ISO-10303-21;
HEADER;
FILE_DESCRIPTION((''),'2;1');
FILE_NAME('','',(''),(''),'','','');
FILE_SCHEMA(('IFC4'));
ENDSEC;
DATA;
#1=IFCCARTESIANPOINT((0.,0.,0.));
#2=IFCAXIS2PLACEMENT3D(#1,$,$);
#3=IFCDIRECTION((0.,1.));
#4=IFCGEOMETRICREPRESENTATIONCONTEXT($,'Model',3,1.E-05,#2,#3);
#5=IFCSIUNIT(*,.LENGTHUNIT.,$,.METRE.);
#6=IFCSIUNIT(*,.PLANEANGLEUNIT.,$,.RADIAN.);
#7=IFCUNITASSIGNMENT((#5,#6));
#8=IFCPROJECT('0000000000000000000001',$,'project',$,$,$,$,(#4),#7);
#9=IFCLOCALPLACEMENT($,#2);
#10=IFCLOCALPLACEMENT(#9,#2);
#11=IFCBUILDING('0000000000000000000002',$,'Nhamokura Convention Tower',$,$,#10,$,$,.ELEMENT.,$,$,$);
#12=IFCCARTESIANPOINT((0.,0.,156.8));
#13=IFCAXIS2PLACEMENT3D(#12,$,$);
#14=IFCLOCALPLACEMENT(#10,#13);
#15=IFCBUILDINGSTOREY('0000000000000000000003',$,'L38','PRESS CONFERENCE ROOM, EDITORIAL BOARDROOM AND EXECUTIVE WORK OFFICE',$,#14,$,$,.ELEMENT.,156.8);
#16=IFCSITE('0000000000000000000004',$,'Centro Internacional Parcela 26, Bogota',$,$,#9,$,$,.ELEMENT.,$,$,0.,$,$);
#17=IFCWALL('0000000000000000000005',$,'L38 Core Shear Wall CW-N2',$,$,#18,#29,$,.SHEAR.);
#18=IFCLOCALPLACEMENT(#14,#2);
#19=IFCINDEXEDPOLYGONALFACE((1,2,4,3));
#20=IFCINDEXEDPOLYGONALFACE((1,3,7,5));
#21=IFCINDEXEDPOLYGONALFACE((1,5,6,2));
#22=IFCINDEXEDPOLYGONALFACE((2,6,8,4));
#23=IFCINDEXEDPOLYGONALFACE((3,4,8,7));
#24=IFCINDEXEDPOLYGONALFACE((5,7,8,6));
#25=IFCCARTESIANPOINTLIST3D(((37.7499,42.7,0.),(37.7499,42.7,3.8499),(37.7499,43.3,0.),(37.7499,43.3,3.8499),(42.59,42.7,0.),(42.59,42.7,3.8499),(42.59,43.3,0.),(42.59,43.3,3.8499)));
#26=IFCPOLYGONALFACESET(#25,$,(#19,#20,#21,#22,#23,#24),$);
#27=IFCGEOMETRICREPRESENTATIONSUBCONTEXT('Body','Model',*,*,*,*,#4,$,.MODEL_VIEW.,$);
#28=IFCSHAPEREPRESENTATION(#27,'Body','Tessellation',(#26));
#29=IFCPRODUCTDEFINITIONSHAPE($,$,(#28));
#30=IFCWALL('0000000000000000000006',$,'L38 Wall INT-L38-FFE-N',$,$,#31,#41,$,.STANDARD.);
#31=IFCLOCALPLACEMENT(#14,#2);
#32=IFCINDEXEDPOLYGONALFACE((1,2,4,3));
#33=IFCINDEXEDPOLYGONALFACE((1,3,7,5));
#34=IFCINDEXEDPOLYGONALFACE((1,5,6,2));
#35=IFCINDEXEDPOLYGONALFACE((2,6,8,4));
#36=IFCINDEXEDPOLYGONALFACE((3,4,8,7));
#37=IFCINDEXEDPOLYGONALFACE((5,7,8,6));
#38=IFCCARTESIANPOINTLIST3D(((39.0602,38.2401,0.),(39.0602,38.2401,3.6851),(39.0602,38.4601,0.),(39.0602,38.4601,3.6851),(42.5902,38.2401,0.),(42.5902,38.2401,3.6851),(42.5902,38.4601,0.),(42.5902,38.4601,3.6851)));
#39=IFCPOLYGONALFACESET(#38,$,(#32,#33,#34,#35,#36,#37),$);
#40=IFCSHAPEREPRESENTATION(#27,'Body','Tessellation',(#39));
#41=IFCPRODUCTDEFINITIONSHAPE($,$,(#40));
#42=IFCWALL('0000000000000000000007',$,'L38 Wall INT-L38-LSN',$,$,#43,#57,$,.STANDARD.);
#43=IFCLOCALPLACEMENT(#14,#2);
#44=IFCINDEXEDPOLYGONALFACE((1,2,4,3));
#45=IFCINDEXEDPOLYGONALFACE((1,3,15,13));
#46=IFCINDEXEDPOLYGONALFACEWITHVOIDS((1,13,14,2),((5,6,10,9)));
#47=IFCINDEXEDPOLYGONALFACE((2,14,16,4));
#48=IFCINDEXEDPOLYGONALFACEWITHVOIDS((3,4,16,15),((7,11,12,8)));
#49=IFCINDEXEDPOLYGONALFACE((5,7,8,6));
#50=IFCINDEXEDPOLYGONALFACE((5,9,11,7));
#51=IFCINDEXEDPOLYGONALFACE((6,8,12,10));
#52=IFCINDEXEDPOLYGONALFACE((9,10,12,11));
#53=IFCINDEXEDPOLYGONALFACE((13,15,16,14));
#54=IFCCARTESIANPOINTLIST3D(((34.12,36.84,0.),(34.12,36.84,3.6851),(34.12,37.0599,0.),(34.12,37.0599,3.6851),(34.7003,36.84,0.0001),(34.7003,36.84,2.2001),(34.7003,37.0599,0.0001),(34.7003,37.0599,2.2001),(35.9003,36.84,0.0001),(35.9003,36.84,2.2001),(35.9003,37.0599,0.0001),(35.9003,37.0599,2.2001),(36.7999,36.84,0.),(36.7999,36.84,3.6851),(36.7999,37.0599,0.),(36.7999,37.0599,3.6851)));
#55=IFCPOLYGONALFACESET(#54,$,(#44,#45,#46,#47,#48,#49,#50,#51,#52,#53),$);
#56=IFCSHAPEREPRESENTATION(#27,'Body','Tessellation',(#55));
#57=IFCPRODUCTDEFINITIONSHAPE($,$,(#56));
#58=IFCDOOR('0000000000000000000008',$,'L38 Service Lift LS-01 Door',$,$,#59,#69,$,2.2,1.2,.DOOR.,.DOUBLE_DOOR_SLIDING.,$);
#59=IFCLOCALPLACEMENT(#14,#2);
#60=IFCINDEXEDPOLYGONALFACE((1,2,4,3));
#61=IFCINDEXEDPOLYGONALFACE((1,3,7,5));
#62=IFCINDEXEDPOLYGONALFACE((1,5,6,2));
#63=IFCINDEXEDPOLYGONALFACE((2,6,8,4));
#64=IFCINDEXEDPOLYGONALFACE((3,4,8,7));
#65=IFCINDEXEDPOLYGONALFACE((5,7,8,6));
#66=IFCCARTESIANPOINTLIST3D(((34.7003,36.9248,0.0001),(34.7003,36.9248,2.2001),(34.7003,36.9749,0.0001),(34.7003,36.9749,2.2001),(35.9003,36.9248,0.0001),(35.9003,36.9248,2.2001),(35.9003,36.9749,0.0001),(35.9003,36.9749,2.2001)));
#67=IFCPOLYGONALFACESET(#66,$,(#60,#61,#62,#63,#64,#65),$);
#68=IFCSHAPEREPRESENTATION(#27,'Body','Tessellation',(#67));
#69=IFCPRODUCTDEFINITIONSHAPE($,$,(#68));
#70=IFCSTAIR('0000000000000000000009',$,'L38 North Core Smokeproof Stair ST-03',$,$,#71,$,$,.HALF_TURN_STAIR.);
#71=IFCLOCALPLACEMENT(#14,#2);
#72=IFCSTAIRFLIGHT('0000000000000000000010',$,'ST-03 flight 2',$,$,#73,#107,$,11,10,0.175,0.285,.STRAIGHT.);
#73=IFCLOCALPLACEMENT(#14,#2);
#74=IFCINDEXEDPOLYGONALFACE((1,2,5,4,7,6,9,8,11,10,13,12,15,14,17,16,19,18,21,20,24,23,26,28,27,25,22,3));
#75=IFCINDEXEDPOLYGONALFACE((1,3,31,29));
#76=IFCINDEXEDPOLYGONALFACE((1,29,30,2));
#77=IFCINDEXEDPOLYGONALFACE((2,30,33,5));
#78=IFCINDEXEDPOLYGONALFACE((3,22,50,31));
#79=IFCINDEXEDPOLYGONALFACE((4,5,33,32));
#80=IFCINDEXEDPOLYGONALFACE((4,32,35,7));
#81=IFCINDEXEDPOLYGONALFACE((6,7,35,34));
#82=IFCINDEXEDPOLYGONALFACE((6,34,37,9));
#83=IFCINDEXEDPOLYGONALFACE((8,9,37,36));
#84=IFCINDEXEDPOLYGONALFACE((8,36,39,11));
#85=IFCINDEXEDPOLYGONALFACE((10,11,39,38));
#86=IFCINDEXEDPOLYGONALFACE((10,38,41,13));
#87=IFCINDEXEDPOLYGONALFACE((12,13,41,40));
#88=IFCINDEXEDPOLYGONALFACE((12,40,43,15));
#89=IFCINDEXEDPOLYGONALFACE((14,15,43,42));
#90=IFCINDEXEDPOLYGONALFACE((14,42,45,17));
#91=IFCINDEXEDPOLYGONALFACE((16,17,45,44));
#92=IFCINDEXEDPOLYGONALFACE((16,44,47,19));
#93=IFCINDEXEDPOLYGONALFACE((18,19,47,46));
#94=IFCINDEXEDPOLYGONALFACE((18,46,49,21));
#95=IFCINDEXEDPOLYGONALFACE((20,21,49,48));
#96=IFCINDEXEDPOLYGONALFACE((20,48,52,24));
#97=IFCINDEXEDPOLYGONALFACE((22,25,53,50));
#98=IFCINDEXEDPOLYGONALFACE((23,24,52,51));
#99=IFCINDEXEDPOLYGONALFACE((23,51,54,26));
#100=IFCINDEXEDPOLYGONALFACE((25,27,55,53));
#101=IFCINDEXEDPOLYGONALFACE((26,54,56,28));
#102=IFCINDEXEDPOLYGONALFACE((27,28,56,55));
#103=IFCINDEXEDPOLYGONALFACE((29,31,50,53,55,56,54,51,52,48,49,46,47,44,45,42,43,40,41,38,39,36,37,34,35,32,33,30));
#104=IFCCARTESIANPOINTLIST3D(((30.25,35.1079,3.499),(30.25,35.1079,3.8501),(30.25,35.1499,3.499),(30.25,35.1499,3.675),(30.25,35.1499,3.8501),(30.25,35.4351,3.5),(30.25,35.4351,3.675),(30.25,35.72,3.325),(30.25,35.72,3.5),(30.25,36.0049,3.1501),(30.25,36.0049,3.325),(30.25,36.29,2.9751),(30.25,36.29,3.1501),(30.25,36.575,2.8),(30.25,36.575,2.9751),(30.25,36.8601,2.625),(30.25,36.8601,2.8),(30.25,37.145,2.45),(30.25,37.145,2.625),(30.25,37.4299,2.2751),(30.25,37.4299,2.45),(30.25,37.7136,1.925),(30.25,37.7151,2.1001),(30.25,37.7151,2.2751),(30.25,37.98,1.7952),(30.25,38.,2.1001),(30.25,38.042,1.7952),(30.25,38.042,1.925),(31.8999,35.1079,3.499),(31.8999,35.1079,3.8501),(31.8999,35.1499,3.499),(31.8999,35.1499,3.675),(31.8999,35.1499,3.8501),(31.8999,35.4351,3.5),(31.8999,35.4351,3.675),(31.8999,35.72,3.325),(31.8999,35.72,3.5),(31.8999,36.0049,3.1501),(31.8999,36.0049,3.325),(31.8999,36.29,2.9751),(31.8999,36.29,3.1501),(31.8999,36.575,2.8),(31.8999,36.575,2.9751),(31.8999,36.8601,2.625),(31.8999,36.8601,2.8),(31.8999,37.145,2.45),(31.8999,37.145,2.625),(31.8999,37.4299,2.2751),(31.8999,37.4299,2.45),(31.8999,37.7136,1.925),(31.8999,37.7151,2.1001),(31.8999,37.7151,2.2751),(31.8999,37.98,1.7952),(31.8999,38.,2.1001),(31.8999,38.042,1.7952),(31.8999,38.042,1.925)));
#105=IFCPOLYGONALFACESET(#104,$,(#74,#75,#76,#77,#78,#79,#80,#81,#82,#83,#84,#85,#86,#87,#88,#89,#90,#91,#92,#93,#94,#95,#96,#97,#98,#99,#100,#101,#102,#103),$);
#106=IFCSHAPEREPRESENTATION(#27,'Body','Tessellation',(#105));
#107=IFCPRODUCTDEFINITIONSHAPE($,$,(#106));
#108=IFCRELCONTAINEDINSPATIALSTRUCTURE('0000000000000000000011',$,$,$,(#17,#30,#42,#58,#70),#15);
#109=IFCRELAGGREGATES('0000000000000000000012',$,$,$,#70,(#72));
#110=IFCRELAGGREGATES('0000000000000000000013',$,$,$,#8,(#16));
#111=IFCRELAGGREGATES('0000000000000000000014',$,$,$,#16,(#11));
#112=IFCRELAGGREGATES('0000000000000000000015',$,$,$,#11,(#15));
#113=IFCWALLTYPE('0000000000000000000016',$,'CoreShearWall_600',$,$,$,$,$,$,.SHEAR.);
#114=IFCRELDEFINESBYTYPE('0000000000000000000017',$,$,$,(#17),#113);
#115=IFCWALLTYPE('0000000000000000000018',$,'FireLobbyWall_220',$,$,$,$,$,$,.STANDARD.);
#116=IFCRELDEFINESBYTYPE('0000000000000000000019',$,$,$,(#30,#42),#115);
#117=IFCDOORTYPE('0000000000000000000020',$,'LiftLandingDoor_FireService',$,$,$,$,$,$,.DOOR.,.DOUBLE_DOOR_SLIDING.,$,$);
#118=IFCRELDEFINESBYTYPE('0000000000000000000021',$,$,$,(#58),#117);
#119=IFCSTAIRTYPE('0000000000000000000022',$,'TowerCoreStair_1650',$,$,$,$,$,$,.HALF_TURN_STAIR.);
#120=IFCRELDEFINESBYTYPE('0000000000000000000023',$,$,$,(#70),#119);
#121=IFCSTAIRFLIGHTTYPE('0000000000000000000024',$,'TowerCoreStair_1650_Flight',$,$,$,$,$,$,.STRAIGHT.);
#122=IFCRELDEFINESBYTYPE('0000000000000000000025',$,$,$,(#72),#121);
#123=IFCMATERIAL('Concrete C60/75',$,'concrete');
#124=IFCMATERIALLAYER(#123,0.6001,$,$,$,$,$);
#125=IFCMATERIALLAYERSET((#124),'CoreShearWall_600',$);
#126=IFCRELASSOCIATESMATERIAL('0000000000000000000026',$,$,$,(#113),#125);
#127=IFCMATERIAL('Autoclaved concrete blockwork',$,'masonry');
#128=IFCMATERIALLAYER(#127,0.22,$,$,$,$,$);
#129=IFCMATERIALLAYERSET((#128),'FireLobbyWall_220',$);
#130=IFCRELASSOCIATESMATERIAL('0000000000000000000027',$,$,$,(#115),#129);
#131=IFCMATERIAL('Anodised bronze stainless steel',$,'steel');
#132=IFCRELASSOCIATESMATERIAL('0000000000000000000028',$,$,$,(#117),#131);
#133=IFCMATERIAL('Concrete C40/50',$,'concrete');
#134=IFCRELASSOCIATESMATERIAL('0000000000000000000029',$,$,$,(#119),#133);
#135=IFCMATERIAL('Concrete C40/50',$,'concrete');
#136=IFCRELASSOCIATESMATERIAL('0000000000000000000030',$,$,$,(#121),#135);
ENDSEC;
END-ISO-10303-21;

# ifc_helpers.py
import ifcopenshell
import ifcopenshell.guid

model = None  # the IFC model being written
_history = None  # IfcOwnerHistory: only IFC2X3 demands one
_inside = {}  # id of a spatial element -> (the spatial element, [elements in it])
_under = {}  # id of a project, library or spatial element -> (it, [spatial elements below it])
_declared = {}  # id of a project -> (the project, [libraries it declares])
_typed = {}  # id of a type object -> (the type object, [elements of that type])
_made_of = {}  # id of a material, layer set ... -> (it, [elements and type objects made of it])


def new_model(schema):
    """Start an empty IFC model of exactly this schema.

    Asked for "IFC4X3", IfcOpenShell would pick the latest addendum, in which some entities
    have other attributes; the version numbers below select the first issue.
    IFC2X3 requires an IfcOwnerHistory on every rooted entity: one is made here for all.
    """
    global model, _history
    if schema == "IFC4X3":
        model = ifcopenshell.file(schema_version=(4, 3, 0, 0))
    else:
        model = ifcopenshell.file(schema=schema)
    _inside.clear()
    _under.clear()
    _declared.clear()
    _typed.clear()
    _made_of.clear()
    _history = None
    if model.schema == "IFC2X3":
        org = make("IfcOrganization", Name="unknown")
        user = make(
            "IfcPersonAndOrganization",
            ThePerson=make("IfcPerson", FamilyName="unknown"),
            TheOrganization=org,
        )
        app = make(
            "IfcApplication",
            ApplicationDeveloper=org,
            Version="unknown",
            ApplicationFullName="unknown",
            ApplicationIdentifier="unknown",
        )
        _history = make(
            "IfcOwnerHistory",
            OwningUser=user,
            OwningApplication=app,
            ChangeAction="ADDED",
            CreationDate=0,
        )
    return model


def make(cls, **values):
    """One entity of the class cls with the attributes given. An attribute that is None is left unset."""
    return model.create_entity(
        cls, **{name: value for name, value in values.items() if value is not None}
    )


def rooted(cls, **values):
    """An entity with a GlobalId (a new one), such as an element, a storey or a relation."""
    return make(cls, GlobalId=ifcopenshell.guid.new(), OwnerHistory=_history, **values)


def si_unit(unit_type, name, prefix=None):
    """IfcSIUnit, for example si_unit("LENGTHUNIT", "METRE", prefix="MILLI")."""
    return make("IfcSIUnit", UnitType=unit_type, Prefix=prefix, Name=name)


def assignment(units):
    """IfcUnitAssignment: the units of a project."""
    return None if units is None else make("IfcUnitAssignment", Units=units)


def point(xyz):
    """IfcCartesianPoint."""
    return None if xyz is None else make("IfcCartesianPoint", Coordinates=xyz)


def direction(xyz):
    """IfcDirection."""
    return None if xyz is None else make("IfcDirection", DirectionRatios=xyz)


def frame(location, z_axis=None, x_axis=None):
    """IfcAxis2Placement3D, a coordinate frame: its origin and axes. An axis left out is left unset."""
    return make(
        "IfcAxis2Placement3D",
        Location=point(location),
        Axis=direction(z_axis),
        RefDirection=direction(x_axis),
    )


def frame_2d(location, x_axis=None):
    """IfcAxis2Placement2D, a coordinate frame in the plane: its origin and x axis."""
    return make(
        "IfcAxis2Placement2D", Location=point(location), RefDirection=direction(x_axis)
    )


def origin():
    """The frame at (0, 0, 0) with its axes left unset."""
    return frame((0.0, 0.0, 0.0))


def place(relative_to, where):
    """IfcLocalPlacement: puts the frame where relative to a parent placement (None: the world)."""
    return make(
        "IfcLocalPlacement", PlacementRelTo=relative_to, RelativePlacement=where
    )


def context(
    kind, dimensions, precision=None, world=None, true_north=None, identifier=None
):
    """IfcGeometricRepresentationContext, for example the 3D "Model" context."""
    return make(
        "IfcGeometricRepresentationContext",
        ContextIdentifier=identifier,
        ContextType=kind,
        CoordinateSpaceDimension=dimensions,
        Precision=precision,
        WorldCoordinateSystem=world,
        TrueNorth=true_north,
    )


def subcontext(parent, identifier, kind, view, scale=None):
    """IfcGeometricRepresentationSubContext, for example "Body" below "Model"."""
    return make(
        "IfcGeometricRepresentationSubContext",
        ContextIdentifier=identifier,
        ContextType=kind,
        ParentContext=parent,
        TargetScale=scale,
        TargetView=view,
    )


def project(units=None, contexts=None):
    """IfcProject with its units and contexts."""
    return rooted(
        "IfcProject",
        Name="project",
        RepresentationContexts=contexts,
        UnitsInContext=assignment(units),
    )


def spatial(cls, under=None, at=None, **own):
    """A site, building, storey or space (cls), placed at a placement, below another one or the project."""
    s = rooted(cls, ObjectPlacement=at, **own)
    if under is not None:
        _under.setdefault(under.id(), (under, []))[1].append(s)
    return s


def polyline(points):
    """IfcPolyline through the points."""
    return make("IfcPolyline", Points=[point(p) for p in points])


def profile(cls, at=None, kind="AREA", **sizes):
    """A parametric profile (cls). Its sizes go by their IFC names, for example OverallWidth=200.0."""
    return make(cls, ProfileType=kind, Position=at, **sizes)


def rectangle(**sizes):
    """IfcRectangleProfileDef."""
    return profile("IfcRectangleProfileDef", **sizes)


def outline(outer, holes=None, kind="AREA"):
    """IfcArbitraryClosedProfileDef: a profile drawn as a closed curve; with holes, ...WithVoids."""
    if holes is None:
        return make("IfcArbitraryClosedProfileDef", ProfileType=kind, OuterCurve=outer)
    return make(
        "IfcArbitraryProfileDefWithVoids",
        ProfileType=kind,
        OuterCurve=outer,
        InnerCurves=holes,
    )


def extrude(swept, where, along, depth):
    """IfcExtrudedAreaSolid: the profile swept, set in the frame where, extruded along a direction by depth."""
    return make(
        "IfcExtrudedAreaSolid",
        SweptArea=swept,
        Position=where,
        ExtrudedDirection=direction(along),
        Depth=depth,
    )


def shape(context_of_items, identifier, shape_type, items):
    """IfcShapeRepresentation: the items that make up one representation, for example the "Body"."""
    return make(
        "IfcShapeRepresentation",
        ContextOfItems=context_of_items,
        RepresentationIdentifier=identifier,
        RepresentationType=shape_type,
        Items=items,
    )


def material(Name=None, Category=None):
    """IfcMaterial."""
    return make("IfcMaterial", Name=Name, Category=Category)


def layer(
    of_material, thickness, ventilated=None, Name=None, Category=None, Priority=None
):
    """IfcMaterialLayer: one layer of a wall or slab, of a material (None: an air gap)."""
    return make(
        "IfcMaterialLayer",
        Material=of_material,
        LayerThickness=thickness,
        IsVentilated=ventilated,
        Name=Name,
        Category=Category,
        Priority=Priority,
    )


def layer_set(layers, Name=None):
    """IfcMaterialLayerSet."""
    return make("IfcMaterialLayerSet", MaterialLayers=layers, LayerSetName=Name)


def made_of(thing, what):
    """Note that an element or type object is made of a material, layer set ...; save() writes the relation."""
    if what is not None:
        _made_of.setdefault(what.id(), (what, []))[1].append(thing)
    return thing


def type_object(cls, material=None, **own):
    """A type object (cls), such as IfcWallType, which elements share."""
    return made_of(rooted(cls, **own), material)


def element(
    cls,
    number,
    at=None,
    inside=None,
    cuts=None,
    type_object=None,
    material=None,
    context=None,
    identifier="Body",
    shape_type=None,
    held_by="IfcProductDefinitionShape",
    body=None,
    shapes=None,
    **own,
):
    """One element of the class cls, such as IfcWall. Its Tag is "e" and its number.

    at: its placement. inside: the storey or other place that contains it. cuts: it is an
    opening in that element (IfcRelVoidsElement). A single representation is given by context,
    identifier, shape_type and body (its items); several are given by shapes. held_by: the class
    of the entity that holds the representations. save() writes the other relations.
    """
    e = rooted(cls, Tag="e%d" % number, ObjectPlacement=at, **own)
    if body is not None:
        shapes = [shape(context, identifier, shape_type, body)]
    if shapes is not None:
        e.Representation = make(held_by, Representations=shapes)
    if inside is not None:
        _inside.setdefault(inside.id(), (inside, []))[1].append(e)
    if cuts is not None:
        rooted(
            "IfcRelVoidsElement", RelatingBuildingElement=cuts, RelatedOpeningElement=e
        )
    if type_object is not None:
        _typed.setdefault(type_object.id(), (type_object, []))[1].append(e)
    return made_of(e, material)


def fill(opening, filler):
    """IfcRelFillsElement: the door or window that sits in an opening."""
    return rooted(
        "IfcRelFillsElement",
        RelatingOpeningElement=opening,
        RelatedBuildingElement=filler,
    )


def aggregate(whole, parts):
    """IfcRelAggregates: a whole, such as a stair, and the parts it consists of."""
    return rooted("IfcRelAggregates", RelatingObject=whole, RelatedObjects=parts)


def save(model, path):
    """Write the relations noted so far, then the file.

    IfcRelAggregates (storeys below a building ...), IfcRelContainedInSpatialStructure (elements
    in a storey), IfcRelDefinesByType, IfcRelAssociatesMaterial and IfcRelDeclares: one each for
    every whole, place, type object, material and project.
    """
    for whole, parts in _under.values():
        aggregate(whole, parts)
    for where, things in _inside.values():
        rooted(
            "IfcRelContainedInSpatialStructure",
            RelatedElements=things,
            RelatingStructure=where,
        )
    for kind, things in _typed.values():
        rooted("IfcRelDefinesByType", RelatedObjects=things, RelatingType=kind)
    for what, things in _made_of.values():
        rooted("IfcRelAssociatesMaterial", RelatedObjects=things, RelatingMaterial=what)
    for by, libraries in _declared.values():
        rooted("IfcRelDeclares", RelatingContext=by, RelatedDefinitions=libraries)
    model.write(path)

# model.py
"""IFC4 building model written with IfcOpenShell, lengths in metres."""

from ifc_helpers import new_model, si_unit, direction, frame, frame_2d, origin, place, context, subcontext, project, spatial, polyline, rectangle, outline, extrude, material, layer, layer_set, type_object, element, fill, aggregate, save


model = new_model("IFC4")

# Units and contexts
model_context = context("Model", 3, precision=1e-05, world=origin(), true_north=direction((0.0, 1.0)))
body_context = subcontext(model_context, "Body", "Model", "MODEL_VIEW")
ifc_project = project(units=[si_unit("LENGTHUNIT", "METRE"), si_unit("PLANEANGLEUNIT", "RADIAN")], contexts=[model_context])

# Site, building, storey
site_placement = place(None, origin())
site = spatial("IfcSite", under=ifc_project, at=site_placement, Name="Centro Internacional Parcela 26, Bogota", CompositionType="ELEMENT", RefElevation=0.0)
building_placement = place(site_placement, origin())
building = spatial("IfcBuilding", under=site, at=building_placement, Name="Nhamokura Convention Tower", CompositionType="ELEMENT")
storey_placement = place(building_placement, frame((0.0, 0.0, 156.8)))
storey = spatial("IfcBuildingStorey", under=building, at=storey_placement, Name="L38", Description="PRESS CONFERENCE ROOM, EDITORIAL BOARDROOM AND EXECUTIVE WORK OFFICE", CompositionType="ELEMENT", Elevation=156.8)

# Walls
ifc_material_1 = material(Name="Concrete C60/75", Category="concrete")
ifc_layer_1 = layer(ifc_material_1, 0.6001)
ifc_layer_set_1 = layer_set([ifc_layer_1], Name="CoreShearWall_600")
wall_type_1 = type_object("IfcWallType", Name="CoreShearWall_600", PredefinedType="SHEAR", material=ifc_layer_set_1)
wall_1_placement = place(storey_placement, frame((37.75, 43.0, 0.0), z_axis=(0.0, 0.0, 1.0), x_axis=(1.0, 0.0, 0.0)))
element("IfcWall", 1, at=wall_1_placement, inside=storey, type_object=wall_type_1, Name="L38 Core Shear Wall CW-N2", PredefinedType="SHEAR", context=body_context, shape_type="SweptSolid", body=[
    extrude(rectangle(XDim=4.8401, YDim=0.6001, at=frame_2d((2.4199, 0.0))), origin(), (0.0, 0.0, 1.0), 3.8499),
])
ifc_material_2 = material(Name="Autoclaved concrete blockwork", Category="masonry")
ifc_layer_2 = layer(ifc_material_2, 0.22)
ifc_layer_set_2 = layer_set([ifc_layer_2], Name="FireLobbyWall_220")
wall_type_2 = type_object("IfcWallType", Name="FireLobbyWall_220", PredefinedType="STANDARD", material=ifc_layer_set_2)
wall_2_placement = place(storey_placement, frame((39.0601, 38.3501, 0.0), z_axis=(0.0, 0.0, 1.0), x_axis=(1.0, 0.0, 0.0)))
element("IfcWall", 2, at=wall_2_placement, inside=storey, type_object=wall_type_2, Name="L38 Wall INT-L38-FFE-N", PredefinedType="STANDARD", context=body_context, shape_type="SweptSolid", body=[
    extrude(rectangle(XDim=3.53, YDim=0.22, at=frame_2d((1.7651, 0.0))), origin(), (0.0, 0.0, 1.0), 3.6851),
])

# Wall, opening, door
wall_3_placement = place(storey_placement, frame((34.1201, 36.95, 0.0), z_axis=(0.0, 0.0, 1.0), x_axis=(1.0, 0.0, 0.0)))
wall_3 = element("IfcWall", 3, at=wall_3_placement, inside=storey, type_object=wall_type_2, Name="L38 Wall INT-L38-LSN", PredefinedType="STANDARD", context=body_context, shape_type="SweptSolid", body=[
    extrude(rectangle(XDim=2.6799, YDim=0.22, at=frame_2d((1.3398, 0.0))), origin(), (0.0, 0.0, 1.0), 3.6851),
])
opening_1_placement = place(wall_3_placement, frame((0.5801, 0.0, 0.0)))
opening_1 = element("IfcOpeningElement", 4, at=opening_1_placement, cuts=wall_3, PredefinedType="OPENING", context=body_context, shape_type="SweptSolid", body=[
    extrude(rectangle(XDim=1.2, YDim=2.2, at=frame_2d((0.6001, 1.1001))), frame((0.0, 0.1199, 0.0), z_axis=(0.0, -1.0, 0.0), x_axis=(1.0, 0.0, 0.0)), (0.0, 0.0, 1.0), 0.24),
])
ifc_material_3 = material(Name="Anodised bronze stainless steel", Category="steel")
door_type = type_object("IfcDoorType", Name="LiftLandingDoor_FireService", OperationType="DOUBLE_DOOR_SLIDING", PredefinedType="DOOR", material=ifc_material_3)
door_placement = place(opening_1_placement, origin())
door = element("IfcDoor", 5, at=door_placement, inside=storey, type_object=door_type, Name="L38 Service Lift LS-01 Door", OperationType="DOUBLE_DOOR_SLIDING", OverallHeight=2.2, OverallWidth=1.2, PredefinedType="DOOR", context=body_context, shape_type="SweptSolid", body=[
    extrude(rectangle(XDim=1.2, YDim=2.2, at=frame_2d((0.6001, 1.1001))), frame((0.0, 0.0249, 0.0), z_axis=(0.0, -1.0, 0.0), x_axis=(1.0, 0.0, 0.0)), (0.0, 0.0, 1.0), 0.05),
])
fill(opening_1, door)

# Stair, stair flight
ifc_material_4 = material(Name="Concrete C40/50", Category="concrete")
stair_type = type_object("IfcStairType", Name="TowerCoreStair_1650", PredefinedType="HALF_TURN_STAIR", material=ifc_material_4)
stair_placement = place(storey_placement, origin())
stair = element("IfcStair", 6, at=stair_placement, inside=storey, type_object=stair_type, Name="L38 North Core Smokeproof Stair ST-03", PredefinedType="HALF_TURN_STAIR")
ifc_material_5 = material(Name="Concrete C40/50", Category="concrete")
stair_flight_type = type_object("IfcStairFlightType", Name="TowerCoreStair_1650_Flight", PredefinedType="STRAIGHT", material=ifc_material_5)
stair_flight_placement = place(storey_placement, frame((31.075, 38.0, 1.925), z_axis=(0.0, 0.0, 1.0), x_axis=(0.0, -1.0, 0.0)))
stair_flight = element("IfcStairFlight", 7, at=stair_flight_placement, type_object=stair_flight_type, Name="ST-03 flight 2", NumberOfRisers=11, NumberOfTreads=10, PredefinedType="STRAIGHT", RiserHeight=0.175, TreadLength=0.285, context=body_context, shape_type="SweptSolid", body=[
    extrude(outline(polyline([(-0.042, 0.0), (0.0, 0.175), (0.2849, 0.175), (0.2849, 0.3501), (0.5701, 0.3501), (0.5701, 0.5249), (0.855, 0.5249), (0.855, 0.7), (1.1399, 0.7), (1.1399, 0.875), (1.425, 0.875), (1.425, 1.05), (1.71, 1.05), (1.71, 1.2251), (1.9951, 1.2251), (1.9951, 1.3999), (2.28, 1.3999), (2.28, 1.575), (2.5649, 1.575), (2.5649, 1.75), (2.8501, 1.75), (2.8501, 1.925), (2.8921, 1.925), (2.8921, 1.574), (2.8501, 1.574), (0.2864, 0.0), (0.02, -0.1299), (-0.042, -0.1299), (-0.042, 0.0)])), frame((0.0, 0.825, 0.0), z_axis=(0.0, -1.0, 0.0), x_axis=(1.0, 0.0, 0.0)), (0.0, 0.0, 1.0), 1.6499),
])
aggregate(stair, [stair_flight])

save(model, "model.ifc")
